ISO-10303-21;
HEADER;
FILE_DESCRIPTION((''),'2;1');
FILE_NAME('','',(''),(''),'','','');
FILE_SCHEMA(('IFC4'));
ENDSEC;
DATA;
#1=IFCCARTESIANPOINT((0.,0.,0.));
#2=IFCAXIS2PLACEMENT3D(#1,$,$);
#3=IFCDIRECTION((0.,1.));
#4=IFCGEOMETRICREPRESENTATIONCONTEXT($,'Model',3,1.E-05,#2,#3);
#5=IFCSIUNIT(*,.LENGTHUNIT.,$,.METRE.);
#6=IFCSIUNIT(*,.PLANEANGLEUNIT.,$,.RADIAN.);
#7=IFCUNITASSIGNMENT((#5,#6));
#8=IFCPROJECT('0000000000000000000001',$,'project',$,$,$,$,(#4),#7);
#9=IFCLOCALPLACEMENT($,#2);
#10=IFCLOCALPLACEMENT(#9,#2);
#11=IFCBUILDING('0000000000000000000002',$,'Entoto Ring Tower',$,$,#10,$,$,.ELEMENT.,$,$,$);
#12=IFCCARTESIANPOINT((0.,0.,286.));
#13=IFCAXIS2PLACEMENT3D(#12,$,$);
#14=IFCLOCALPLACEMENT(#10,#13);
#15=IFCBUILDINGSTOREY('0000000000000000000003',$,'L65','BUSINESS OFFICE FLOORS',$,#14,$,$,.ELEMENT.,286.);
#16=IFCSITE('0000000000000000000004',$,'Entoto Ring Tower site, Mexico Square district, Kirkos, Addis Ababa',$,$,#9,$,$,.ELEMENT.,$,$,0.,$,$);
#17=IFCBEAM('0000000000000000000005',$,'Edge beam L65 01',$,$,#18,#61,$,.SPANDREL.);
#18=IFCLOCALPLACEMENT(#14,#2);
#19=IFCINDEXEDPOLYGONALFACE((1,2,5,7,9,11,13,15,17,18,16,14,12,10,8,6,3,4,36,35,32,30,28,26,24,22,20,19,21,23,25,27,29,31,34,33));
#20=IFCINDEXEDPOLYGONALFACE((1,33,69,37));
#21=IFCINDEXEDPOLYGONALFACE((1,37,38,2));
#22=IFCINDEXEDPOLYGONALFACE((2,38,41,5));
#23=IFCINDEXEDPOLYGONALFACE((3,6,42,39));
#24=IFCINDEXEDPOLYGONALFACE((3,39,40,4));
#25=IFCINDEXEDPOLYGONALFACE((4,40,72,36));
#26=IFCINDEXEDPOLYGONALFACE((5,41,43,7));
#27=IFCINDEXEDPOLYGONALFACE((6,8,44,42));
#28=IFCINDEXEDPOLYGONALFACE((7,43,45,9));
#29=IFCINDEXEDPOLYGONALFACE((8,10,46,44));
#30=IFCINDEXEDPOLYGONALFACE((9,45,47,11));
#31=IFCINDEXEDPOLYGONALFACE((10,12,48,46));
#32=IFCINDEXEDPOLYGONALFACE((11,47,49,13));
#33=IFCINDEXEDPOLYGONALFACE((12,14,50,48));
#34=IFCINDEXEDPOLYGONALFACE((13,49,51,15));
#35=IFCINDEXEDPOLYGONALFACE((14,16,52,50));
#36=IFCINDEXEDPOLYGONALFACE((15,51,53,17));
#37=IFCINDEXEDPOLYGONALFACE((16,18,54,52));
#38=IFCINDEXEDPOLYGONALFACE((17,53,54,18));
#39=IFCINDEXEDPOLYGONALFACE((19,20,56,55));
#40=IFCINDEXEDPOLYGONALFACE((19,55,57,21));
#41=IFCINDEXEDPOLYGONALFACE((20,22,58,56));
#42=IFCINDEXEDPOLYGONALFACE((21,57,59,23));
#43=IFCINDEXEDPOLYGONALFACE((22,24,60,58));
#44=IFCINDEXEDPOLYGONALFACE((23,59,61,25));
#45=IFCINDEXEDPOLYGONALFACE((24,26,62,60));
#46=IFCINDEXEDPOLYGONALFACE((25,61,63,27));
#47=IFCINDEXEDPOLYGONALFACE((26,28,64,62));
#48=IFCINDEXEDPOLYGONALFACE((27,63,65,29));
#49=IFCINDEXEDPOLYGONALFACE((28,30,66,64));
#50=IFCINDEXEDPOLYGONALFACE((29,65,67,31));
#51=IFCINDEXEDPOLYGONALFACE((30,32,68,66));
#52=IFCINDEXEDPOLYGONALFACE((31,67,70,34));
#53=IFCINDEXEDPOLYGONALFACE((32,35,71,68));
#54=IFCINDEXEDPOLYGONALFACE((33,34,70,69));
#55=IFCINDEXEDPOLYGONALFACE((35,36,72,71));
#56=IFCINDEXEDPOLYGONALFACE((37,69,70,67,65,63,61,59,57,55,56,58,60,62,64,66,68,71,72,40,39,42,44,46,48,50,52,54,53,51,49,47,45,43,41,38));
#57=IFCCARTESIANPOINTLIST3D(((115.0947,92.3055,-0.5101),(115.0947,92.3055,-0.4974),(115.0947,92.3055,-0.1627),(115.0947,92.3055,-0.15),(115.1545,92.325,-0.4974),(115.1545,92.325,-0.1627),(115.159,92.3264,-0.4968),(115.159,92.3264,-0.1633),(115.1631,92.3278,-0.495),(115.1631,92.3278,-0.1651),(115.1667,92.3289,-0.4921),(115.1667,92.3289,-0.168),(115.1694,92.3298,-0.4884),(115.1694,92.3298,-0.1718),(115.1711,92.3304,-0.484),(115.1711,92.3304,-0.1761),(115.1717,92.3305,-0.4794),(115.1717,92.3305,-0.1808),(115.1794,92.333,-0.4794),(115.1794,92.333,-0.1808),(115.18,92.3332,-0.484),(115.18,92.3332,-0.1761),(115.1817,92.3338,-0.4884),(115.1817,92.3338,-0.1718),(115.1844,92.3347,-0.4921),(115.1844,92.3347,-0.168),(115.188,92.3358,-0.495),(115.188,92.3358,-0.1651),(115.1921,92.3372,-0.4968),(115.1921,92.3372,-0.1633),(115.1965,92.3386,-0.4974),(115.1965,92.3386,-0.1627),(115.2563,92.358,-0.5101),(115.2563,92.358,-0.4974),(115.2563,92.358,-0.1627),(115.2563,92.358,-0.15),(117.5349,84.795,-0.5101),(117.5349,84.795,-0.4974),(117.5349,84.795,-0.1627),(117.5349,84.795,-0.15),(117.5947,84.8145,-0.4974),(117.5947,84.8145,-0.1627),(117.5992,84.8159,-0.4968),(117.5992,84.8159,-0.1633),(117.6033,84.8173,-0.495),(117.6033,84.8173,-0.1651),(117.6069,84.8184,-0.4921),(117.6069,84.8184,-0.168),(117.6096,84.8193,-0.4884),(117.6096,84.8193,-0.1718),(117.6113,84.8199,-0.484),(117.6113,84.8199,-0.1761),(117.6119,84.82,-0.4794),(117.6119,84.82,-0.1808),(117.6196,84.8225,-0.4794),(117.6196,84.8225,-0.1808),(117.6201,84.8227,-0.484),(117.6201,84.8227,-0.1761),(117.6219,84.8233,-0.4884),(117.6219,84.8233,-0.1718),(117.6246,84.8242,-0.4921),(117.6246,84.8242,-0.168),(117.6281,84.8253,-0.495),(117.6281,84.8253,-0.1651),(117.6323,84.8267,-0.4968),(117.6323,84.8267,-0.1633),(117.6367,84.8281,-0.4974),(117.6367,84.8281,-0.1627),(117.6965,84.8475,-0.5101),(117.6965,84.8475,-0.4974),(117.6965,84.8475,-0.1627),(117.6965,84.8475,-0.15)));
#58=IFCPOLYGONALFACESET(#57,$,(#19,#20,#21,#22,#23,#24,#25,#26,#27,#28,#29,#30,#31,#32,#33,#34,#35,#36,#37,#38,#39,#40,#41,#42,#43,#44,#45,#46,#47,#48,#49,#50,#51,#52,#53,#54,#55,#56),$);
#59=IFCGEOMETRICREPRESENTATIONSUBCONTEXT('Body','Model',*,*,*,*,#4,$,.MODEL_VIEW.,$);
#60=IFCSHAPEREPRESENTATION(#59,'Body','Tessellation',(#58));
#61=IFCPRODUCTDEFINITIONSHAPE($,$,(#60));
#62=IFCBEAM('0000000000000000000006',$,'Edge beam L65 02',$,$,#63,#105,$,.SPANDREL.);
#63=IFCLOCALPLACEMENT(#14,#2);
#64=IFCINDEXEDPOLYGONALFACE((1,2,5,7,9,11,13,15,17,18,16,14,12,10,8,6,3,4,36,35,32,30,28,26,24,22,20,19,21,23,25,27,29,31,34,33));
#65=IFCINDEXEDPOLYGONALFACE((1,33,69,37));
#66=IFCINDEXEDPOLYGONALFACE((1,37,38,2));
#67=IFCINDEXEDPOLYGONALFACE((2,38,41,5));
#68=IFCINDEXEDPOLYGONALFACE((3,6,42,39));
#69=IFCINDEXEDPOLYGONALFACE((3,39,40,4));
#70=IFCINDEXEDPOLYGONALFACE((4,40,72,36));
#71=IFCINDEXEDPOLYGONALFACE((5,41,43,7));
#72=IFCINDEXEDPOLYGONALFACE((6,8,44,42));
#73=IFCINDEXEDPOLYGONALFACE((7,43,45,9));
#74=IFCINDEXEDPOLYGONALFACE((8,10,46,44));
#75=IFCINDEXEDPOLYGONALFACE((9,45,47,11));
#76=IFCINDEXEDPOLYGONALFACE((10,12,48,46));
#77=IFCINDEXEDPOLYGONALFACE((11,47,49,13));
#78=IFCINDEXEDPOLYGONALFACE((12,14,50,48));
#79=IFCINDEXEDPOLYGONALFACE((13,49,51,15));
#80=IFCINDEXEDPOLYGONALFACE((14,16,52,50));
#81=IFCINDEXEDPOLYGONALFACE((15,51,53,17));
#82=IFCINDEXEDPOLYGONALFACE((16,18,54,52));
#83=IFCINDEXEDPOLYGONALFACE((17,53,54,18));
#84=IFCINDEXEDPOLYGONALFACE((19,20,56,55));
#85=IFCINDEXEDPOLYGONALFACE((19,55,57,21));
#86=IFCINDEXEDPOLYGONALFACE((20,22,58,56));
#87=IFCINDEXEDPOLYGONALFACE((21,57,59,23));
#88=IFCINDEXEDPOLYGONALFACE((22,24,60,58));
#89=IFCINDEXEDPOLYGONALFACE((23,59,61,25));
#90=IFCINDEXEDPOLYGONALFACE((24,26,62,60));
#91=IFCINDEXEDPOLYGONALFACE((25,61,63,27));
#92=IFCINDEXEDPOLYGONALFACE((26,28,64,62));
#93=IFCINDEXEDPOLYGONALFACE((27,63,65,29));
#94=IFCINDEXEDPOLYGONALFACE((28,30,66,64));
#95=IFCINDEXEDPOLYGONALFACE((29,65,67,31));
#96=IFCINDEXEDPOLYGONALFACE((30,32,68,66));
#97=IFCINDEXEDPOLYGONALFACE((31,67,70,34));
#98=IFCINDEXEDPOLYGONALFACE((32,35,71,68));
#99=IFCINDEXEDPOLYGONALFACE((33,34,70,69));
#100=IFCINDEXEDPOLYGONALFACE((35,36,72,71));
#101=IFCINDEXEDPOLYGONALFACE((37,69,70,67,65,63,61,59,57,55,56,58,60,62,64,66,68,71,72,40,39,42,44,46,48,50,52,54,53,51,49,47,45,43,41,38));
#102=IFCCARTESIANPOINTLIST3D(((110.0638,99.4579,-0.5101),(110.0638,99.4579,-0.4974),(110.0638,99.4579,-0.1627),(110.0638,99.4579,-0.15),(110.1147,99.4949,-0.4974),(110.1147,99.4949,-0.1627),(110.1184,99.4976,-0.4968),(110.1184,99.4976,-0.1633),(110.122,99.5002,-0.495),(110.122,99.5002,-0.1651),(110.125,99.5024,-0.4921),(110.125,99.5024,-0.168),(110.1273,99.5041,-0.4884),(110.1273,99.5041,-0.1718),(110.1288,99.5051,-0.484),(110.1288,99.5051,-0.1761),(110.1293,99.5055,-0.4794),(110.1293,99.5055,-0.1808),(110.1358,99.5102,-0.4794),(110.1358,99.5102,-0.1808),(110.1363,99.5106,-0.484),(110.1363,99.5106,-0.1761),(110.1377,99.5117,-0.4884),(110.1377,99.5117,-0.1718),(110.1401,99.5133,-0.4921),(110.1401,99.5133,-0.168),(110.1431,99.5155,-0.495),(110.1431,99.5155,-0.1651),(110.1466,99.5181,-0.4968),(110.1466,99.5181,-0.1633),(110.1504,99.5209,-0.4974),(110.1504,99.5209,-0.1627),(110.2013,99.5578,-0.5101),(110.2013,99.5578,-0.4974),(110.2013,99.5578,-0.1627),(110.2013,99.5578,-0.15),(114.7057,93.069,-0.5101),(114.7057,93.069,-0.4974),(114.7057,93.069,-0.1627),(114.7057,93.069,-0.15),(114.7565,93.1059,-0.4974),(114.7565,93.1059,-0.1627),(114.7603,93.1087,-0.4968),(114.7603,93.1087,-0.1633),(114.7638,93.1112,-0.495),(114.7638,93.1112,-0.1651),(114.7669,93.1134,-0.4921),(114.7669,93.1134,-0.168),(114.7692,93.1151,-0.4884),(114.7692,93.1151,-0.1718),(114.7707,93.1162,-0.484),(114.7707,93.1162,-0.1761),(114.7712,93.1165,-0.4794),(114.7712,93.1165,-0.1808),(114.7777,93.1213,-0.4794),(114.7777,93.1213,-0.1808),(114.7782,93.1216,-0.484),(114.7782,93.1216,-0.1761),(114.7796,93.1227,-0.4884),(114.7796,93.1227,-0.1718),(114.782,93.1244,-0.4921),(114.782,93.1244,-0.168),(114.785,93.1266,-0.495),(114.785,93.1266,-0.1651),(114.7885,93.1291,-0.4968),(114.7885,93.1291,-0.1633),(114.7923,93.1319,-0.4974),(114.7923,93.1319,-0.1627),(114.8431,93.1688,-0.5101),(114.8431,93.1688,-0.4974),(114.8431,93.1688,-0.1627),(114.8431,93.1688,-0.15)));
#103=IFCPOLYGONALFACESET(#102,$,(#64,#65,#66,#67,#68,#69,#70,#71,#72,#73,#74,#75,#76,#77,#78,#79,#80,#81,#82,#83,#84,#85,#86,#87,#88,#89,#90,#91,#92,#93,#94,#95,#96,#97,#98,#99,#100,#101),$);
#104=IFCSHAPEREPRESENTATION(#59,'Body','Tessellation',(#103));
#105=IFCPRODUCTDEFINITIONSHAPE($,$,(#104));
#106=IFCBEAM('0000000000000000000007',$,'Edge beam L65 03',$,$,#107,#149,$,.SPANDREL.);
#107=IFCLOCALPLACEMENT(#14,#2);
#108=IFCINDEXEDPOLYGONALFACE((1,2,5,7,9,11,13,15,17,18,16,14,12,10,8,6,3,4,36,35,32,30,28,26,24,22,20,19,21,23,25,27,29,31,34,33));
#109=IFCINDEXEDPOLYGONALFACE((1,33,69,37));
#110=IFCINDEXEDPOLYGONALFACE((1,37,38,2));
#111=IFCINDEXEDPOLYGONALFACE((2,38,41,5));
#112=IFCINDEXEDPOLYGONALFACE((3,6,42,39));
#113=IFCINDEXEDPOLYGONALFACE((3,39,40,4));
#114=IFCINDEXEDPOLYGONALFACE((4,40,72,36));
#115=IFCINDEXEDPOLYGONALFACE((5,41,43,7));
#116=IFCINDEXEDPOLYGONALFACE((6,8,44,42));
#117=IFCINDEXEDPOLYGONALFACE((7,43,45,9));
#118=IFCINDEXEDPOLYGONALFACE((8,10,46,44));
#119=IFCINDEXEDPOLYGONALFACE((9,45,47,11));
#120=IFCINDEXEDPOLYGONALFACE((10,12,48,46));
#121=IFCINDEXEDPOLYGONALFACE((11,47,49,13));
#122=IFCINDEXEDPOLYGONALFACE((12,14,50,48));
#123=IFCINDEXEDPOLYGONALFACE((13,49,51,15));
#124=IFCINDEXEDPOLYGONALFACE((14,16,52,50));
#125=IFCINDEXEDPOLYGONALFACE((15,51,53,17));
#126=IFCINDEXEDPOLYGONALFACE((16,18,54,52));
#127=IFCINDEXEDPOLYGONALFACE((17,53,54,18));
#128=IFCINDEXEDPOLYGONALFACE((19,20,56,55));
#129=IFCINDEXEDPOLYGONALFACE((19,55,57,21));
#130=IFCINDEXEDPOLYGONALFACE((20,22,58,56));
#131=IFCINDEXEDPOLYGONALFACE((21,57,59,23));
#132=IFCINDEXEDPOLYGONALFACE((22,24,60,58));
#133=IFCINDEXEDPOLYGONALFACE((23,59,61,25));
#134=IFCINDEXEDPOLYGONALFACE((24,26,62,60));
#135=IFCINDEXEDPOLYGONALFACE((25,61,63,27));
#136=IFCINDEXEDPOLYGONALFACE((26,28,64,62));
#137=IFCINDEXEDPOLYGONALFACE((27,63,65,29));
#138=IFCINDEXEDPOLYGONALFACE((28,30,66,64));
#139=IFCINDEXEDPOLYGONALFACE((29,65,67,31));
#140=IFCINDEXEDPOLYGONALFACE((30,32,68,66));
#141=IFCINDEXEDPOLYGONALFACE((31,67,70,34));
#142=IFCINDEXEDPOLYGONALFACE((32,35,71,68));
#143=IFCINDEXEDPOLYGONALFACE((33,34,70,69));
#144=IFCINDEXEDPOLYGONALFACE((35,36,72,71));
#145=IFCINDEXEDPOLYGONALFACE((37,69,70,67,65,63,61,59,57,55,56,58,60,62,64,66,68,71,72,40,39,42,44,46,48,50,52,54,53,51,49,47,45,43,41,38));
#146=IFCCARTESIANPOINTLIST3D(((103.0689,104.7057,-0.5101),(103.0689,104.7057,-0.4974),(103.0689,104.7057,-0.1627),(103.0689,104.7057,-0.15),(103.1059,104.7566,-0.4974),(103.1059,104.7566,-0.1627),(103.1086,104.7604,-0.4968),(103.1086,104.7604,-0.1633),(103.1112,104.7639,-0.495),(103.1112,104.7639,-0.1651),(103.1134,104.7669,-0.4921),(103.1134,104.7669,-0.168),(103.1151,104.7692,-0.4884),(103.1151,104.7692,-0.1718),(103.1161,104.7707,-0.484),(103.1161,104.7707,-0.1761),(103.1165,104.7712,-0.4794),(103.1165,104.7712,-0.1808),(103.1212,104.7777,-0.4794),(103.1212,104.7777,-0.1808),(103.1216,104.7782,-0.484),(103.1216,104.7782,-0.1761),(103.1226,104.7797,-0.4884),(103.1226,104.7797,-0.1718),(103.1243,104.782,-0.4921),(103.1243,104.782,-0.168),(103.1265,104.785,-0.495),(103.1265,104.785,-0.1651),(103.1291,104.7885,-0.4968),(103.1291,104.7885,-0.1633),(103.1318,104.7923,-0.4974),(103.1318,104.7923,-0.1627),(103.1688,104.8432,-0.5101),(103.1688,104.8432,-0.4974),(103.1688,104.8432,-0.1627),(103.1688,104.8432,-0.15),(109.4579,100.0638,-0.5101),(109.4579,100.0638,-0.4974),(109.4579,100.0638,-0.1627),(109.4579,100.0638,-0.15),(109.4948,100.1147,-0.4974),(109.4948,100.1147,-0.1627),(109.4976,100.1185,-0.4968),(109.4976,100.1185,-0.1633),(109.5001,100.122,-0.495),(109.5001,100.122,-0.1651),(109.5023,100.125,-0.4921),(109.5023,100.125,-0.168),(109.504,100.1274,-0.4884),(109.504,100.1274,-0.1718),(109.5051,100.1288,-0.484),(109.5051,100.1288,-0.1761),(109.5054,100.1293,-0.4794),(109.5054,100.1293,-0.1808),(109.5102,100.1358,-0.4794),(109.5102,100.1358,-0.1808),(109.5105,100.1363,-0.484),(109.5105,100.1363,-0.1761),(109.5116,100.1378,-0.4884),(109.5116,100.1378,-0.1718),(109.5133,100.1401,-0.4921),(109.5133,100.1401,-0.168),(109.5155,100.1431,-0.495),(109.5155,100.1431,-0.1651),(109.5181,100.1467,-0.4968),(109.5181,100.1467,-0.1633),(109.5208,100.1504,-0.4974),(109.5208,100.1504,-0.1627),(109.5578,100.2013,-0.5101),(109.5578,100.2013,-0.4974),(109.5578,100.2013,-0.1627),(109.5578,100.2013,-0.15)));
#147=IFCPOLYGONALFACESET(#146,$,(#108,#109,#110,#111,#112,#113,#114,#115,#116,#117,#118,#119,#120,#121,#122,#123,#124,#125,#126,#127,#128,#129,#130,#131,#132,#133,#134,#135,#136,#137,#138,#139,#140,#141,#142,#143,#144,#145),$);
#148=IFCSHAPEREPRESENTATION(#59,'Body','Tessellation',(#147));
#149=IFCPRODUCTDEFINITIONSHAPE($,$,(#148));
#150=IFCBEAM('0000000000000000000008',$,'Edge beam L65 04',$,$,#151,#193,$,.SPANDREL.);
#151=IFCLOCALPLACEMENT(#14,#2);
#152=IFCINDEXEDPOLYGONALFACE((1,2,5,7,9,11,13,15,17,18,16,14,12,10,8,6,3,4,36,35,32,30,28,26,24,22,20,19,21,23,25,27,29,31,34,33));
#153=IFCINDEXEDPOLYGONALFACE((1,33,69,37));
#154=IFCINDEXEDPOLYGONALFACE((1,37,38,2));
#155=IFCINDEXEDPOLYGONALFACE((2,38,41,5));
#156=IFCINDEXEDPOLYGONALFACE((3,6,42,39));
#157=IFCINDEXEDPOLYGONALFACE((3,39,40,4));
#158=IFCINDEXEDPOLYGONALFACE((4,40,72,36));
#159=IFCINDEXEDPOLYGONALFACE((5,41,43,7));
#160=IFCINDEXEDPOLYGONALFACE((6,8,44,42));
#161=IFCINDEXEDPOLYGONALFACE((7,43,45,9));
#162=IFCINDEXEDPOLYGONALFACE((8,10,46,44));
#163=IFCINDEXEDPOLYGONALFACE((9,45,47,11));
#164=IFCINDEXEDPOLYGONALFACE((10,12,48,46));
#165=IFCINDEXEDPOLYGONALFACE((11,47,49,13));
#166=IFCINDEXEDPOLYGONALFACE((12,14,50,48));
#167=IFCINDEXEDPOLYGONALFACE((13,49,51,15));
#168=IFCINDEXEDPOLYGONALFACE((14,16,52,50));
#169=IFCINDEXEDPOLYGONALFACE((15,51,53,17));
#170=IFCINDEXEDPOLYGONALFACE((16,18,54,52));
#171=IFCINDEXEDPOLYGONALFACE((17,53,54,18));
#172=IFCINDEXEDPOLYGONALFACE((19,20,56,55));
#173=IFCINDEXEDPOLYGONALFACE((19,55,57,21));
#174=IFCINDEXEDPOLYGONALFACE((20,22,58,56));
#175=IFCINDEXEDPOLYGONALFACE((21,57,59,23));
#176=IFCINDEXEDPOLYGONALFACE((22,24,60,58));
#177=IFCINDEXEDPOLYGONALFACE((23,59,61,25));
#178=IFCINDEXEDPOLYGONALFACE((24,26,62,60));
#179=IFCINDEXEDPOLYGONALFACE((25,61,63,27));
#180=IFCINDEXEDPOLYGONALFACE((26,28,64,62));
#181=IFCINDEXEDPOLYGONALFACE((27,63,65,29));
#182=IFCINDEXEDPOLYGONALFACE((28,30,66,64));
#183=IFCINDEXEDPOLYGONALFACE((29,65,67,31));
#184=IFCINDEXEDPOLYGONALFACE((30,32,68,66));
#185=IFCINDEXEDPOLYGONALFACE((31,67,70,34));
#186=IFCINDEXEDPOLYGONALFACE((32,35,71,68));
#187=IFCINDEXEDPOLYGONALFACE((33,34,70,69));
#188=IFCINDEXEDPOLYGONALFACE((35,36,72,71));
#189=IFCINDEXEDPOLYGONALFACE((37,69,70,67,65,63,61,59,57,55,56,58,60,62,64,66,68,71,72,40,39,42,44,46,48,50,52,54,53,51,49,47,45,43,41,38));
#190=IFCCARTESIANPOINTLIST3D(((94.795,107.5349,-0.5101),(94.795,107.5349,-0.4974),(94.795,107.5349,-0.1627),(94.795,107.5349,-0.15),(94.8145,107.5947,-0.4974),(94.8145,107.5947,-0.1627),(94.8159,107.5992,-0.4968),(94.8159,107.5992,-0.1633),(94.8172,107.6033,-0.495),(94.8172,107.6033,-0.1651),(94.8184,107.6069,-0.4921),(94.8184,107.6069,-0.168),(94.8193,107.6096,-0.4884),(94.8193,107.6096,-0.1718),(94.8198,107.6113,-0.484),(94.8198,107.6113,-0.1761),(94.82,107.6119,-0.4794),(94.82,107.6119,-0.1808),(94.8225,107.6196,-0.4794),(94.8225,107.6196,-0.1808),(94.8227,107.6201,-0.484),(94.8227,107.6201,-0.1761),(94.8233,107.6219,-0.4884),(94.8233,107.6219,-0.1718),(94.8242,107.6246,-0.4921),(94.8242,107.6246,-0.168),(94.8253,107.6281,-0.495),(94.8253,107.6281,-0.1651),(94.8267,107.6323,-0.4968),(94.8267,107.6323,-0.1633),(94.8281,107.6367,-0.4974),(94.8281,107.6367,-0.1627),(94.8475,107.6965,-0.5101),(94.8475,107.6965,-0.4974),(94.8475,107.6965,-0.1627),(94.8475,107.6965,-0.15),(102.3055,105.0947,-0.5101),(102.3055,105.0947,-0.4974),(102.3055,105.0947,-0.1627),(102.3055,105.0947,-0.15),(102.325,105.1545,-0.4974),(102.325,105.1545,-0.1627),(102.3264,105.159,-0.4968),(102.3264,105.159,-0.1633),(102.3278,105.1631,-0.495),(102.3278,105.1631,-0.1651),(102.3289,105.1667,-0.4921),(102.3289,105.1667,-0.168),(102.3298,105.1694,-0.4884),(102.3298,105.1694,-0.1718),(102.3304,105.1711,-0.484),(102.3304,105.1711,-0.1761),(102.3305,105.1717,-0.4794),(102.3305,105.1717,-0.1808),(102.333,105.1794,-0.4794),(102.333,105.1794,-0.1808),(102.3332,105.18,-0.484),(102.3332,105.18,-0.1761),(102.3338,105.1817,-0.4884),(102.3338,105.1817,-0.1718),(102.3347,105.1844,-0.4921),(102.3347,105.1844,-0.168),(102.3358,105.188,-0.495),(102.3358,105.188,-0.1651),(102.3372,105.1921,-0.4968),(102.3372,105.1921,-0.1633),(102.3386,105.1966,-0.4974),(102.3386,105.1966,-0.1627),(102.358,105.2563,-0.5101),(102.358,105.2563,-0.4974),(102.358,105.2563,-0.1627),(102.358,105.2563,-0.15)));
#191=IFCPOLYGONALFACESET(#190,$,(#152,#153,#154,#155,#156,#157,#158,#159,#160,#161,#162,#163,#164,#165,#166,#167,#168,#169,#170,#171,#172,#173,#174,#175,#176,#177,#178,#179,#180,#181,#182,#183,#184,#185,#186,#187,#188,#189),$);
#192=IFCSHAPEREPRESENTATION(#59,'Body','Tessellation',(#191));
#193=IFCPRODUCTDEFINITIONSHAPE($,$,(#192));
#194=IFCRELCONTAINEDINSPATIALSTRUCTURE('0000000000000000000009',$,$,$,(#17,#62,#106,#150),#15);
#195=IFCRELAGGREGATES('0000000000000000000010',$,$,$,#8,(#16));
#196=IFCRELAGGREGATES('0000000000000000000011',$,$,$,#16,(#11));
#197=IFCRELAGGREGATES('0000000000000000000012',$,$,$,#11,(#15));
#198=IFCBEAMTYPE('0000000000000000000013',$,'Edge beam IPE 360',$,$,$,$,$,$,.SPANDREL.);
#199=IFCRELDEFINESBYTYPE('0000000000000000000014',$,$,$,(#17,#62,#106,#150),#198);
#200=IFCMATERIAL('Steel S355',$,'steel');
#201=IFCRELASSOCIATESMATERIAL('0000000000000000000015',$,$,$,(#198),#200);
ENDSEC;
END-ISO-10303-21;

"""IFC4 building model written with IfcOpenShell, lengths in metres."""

from ifc_helpers import new_model, si_unit, direction, frame, origin, origin_2d, place, context, subcontext, project, spatial, i_section, extrude, material, material_profile, profile_set, type_object, element, save


model = new_model("IFC4")

# Units and contexts
model_context = context("Model", 3, precision=1e-05, world=origin(), true_north=direction((0.0, 1.0)))
body_context = subcontext(model_context, "Body", "Model", "MODEL_VIEW")
ifc_project = project(units=[si_unit("LENGTHUNIT", "METRE"), si_unit("PLANEANGLEUNIT", "RADIAN")], contexts=[model_context])

# Site, building, storey
site_placement = place(None, origin())
site = spatial("IfcSite", under=ifc_project, at=site_placement, Name="Entoto Ring Tower site, Mexico Square district, Kirkos, Addis Ababa", CompositionType="ELEMENT", RefElevation=0.0)
building_placement = place(site_placement, origin())
building = spatial("IfcBuilding", under=site, at=building_placement, Name="Entoto Ring Tower", CompositionType="ELEMENT")
storey_placement = place(building_placement, frame((0.0, 0.0, 286.0)))
storey = spatial("IfcBuildingStorey", under=building, at=storey_placement, Name="L65", Description="BUSINESS OFFICE FLOORS", CompositionType="ELEMENT", Elevation=286.0)

# Beams
ifc_material_1 = material(Name="Steel S355", Category="steel")
ifc_material_profile_1 = material_profile(ifc_material_1, i_section(OverallWidth=0.1699, OverallDepth=0.3601, WebThickness=0.0081, FlangeThickness=0.0127, FilletRadius=0.0181, at=origin_2d()), Name="IPE 360")
ifc_profile_set_1 = profile_set([ifc_material_profile_1], Name="Steel S355")
beam_type_1 = type_object("IfcBeamType", Name="Edge beam IPE 360", PredefinedType="SPANDREL", material=ifc_profile_set_1)
beam_1_placement = place(storey_placement, frame((117.6157, 84.8213, -0.3301), z_axis=(-0.309003, 0.951061, 0.0), x_axis=(-0.951061, -0.309003, 0.0)))
element("IfcBeam", 1, at=beam_1_placement, inside=storey, type_object=beam_type_1, Name="Edge beam L65 01", PredefinedType="SPANDREL", context=body_context, shape_type="SweptSolid", body=[
    extrude(i_section(OverallWidth=0.1699, OverallDepth=0.3601, WebThickness=0.0081, FlangeThickness=0.0127, FilletRadius=0.0181, at=origin_2d()), origin(), (0.0, 0.0, 1.0), 7.897),
])
for number, where, z_axis, x_axis, name in (
    (2, (114.7744, 93.1189, -0.3301), (-0.587787, 0.809015, 0.0), (-0.809015, -0.587787, 0.0), "Edge beam L65 02"),
    (3, (109.5078, 100.1326, -0.3301), (-0.809015, 0.587787, 0.0), (-0.587787, -0.809015, 0.0), "Edge beam L65 03"),
):
    element("IfcBeam", number, at=place(storey_placement, frame(where, z_axis=z_axis, x_axis=x_axis)), inside=storey, type_object=beam_type_1, Name=name, PredefinedType="SPANDREL", context=body_context, shape_type="SweptSolid", body=[
        extrude(i_section(OverallWidth=0.1699, OverallDepth=0.3601, WebThickness=0.0081, FlangeThickness=0.0127, FilletRadius=0.0181, at=origin_2d()), origin(), (0.0, 0.0, 1.0), 7.8972),
    ])
beam_2_placement = place(storey_placement, frame((102.3318, 105.1755, -0.3301), z_axis=(-0.951061, 0.309003, 0.0), x_axis=(-0.309003, -0.951061, 0.0)))
element("IfcBeam", 4, at=beam_2_placement, inside=storey, type_object=beam_type_1, Name="Edge beam L65 04", PredefinedType="SPANDREL", context=body_context, shape_type="SweptSolid", body=[
    extrude(i_section(OverallWidth=0.1699, OverallDepth=0.3601, WebThickness=0.0081, FlangeThickness=0.0127, FilletRadius=0.0181, at=origin_2d()), origin(), (0.0, 0.0, 1.0), 7.897),
])

save(model, "model.ifc")
